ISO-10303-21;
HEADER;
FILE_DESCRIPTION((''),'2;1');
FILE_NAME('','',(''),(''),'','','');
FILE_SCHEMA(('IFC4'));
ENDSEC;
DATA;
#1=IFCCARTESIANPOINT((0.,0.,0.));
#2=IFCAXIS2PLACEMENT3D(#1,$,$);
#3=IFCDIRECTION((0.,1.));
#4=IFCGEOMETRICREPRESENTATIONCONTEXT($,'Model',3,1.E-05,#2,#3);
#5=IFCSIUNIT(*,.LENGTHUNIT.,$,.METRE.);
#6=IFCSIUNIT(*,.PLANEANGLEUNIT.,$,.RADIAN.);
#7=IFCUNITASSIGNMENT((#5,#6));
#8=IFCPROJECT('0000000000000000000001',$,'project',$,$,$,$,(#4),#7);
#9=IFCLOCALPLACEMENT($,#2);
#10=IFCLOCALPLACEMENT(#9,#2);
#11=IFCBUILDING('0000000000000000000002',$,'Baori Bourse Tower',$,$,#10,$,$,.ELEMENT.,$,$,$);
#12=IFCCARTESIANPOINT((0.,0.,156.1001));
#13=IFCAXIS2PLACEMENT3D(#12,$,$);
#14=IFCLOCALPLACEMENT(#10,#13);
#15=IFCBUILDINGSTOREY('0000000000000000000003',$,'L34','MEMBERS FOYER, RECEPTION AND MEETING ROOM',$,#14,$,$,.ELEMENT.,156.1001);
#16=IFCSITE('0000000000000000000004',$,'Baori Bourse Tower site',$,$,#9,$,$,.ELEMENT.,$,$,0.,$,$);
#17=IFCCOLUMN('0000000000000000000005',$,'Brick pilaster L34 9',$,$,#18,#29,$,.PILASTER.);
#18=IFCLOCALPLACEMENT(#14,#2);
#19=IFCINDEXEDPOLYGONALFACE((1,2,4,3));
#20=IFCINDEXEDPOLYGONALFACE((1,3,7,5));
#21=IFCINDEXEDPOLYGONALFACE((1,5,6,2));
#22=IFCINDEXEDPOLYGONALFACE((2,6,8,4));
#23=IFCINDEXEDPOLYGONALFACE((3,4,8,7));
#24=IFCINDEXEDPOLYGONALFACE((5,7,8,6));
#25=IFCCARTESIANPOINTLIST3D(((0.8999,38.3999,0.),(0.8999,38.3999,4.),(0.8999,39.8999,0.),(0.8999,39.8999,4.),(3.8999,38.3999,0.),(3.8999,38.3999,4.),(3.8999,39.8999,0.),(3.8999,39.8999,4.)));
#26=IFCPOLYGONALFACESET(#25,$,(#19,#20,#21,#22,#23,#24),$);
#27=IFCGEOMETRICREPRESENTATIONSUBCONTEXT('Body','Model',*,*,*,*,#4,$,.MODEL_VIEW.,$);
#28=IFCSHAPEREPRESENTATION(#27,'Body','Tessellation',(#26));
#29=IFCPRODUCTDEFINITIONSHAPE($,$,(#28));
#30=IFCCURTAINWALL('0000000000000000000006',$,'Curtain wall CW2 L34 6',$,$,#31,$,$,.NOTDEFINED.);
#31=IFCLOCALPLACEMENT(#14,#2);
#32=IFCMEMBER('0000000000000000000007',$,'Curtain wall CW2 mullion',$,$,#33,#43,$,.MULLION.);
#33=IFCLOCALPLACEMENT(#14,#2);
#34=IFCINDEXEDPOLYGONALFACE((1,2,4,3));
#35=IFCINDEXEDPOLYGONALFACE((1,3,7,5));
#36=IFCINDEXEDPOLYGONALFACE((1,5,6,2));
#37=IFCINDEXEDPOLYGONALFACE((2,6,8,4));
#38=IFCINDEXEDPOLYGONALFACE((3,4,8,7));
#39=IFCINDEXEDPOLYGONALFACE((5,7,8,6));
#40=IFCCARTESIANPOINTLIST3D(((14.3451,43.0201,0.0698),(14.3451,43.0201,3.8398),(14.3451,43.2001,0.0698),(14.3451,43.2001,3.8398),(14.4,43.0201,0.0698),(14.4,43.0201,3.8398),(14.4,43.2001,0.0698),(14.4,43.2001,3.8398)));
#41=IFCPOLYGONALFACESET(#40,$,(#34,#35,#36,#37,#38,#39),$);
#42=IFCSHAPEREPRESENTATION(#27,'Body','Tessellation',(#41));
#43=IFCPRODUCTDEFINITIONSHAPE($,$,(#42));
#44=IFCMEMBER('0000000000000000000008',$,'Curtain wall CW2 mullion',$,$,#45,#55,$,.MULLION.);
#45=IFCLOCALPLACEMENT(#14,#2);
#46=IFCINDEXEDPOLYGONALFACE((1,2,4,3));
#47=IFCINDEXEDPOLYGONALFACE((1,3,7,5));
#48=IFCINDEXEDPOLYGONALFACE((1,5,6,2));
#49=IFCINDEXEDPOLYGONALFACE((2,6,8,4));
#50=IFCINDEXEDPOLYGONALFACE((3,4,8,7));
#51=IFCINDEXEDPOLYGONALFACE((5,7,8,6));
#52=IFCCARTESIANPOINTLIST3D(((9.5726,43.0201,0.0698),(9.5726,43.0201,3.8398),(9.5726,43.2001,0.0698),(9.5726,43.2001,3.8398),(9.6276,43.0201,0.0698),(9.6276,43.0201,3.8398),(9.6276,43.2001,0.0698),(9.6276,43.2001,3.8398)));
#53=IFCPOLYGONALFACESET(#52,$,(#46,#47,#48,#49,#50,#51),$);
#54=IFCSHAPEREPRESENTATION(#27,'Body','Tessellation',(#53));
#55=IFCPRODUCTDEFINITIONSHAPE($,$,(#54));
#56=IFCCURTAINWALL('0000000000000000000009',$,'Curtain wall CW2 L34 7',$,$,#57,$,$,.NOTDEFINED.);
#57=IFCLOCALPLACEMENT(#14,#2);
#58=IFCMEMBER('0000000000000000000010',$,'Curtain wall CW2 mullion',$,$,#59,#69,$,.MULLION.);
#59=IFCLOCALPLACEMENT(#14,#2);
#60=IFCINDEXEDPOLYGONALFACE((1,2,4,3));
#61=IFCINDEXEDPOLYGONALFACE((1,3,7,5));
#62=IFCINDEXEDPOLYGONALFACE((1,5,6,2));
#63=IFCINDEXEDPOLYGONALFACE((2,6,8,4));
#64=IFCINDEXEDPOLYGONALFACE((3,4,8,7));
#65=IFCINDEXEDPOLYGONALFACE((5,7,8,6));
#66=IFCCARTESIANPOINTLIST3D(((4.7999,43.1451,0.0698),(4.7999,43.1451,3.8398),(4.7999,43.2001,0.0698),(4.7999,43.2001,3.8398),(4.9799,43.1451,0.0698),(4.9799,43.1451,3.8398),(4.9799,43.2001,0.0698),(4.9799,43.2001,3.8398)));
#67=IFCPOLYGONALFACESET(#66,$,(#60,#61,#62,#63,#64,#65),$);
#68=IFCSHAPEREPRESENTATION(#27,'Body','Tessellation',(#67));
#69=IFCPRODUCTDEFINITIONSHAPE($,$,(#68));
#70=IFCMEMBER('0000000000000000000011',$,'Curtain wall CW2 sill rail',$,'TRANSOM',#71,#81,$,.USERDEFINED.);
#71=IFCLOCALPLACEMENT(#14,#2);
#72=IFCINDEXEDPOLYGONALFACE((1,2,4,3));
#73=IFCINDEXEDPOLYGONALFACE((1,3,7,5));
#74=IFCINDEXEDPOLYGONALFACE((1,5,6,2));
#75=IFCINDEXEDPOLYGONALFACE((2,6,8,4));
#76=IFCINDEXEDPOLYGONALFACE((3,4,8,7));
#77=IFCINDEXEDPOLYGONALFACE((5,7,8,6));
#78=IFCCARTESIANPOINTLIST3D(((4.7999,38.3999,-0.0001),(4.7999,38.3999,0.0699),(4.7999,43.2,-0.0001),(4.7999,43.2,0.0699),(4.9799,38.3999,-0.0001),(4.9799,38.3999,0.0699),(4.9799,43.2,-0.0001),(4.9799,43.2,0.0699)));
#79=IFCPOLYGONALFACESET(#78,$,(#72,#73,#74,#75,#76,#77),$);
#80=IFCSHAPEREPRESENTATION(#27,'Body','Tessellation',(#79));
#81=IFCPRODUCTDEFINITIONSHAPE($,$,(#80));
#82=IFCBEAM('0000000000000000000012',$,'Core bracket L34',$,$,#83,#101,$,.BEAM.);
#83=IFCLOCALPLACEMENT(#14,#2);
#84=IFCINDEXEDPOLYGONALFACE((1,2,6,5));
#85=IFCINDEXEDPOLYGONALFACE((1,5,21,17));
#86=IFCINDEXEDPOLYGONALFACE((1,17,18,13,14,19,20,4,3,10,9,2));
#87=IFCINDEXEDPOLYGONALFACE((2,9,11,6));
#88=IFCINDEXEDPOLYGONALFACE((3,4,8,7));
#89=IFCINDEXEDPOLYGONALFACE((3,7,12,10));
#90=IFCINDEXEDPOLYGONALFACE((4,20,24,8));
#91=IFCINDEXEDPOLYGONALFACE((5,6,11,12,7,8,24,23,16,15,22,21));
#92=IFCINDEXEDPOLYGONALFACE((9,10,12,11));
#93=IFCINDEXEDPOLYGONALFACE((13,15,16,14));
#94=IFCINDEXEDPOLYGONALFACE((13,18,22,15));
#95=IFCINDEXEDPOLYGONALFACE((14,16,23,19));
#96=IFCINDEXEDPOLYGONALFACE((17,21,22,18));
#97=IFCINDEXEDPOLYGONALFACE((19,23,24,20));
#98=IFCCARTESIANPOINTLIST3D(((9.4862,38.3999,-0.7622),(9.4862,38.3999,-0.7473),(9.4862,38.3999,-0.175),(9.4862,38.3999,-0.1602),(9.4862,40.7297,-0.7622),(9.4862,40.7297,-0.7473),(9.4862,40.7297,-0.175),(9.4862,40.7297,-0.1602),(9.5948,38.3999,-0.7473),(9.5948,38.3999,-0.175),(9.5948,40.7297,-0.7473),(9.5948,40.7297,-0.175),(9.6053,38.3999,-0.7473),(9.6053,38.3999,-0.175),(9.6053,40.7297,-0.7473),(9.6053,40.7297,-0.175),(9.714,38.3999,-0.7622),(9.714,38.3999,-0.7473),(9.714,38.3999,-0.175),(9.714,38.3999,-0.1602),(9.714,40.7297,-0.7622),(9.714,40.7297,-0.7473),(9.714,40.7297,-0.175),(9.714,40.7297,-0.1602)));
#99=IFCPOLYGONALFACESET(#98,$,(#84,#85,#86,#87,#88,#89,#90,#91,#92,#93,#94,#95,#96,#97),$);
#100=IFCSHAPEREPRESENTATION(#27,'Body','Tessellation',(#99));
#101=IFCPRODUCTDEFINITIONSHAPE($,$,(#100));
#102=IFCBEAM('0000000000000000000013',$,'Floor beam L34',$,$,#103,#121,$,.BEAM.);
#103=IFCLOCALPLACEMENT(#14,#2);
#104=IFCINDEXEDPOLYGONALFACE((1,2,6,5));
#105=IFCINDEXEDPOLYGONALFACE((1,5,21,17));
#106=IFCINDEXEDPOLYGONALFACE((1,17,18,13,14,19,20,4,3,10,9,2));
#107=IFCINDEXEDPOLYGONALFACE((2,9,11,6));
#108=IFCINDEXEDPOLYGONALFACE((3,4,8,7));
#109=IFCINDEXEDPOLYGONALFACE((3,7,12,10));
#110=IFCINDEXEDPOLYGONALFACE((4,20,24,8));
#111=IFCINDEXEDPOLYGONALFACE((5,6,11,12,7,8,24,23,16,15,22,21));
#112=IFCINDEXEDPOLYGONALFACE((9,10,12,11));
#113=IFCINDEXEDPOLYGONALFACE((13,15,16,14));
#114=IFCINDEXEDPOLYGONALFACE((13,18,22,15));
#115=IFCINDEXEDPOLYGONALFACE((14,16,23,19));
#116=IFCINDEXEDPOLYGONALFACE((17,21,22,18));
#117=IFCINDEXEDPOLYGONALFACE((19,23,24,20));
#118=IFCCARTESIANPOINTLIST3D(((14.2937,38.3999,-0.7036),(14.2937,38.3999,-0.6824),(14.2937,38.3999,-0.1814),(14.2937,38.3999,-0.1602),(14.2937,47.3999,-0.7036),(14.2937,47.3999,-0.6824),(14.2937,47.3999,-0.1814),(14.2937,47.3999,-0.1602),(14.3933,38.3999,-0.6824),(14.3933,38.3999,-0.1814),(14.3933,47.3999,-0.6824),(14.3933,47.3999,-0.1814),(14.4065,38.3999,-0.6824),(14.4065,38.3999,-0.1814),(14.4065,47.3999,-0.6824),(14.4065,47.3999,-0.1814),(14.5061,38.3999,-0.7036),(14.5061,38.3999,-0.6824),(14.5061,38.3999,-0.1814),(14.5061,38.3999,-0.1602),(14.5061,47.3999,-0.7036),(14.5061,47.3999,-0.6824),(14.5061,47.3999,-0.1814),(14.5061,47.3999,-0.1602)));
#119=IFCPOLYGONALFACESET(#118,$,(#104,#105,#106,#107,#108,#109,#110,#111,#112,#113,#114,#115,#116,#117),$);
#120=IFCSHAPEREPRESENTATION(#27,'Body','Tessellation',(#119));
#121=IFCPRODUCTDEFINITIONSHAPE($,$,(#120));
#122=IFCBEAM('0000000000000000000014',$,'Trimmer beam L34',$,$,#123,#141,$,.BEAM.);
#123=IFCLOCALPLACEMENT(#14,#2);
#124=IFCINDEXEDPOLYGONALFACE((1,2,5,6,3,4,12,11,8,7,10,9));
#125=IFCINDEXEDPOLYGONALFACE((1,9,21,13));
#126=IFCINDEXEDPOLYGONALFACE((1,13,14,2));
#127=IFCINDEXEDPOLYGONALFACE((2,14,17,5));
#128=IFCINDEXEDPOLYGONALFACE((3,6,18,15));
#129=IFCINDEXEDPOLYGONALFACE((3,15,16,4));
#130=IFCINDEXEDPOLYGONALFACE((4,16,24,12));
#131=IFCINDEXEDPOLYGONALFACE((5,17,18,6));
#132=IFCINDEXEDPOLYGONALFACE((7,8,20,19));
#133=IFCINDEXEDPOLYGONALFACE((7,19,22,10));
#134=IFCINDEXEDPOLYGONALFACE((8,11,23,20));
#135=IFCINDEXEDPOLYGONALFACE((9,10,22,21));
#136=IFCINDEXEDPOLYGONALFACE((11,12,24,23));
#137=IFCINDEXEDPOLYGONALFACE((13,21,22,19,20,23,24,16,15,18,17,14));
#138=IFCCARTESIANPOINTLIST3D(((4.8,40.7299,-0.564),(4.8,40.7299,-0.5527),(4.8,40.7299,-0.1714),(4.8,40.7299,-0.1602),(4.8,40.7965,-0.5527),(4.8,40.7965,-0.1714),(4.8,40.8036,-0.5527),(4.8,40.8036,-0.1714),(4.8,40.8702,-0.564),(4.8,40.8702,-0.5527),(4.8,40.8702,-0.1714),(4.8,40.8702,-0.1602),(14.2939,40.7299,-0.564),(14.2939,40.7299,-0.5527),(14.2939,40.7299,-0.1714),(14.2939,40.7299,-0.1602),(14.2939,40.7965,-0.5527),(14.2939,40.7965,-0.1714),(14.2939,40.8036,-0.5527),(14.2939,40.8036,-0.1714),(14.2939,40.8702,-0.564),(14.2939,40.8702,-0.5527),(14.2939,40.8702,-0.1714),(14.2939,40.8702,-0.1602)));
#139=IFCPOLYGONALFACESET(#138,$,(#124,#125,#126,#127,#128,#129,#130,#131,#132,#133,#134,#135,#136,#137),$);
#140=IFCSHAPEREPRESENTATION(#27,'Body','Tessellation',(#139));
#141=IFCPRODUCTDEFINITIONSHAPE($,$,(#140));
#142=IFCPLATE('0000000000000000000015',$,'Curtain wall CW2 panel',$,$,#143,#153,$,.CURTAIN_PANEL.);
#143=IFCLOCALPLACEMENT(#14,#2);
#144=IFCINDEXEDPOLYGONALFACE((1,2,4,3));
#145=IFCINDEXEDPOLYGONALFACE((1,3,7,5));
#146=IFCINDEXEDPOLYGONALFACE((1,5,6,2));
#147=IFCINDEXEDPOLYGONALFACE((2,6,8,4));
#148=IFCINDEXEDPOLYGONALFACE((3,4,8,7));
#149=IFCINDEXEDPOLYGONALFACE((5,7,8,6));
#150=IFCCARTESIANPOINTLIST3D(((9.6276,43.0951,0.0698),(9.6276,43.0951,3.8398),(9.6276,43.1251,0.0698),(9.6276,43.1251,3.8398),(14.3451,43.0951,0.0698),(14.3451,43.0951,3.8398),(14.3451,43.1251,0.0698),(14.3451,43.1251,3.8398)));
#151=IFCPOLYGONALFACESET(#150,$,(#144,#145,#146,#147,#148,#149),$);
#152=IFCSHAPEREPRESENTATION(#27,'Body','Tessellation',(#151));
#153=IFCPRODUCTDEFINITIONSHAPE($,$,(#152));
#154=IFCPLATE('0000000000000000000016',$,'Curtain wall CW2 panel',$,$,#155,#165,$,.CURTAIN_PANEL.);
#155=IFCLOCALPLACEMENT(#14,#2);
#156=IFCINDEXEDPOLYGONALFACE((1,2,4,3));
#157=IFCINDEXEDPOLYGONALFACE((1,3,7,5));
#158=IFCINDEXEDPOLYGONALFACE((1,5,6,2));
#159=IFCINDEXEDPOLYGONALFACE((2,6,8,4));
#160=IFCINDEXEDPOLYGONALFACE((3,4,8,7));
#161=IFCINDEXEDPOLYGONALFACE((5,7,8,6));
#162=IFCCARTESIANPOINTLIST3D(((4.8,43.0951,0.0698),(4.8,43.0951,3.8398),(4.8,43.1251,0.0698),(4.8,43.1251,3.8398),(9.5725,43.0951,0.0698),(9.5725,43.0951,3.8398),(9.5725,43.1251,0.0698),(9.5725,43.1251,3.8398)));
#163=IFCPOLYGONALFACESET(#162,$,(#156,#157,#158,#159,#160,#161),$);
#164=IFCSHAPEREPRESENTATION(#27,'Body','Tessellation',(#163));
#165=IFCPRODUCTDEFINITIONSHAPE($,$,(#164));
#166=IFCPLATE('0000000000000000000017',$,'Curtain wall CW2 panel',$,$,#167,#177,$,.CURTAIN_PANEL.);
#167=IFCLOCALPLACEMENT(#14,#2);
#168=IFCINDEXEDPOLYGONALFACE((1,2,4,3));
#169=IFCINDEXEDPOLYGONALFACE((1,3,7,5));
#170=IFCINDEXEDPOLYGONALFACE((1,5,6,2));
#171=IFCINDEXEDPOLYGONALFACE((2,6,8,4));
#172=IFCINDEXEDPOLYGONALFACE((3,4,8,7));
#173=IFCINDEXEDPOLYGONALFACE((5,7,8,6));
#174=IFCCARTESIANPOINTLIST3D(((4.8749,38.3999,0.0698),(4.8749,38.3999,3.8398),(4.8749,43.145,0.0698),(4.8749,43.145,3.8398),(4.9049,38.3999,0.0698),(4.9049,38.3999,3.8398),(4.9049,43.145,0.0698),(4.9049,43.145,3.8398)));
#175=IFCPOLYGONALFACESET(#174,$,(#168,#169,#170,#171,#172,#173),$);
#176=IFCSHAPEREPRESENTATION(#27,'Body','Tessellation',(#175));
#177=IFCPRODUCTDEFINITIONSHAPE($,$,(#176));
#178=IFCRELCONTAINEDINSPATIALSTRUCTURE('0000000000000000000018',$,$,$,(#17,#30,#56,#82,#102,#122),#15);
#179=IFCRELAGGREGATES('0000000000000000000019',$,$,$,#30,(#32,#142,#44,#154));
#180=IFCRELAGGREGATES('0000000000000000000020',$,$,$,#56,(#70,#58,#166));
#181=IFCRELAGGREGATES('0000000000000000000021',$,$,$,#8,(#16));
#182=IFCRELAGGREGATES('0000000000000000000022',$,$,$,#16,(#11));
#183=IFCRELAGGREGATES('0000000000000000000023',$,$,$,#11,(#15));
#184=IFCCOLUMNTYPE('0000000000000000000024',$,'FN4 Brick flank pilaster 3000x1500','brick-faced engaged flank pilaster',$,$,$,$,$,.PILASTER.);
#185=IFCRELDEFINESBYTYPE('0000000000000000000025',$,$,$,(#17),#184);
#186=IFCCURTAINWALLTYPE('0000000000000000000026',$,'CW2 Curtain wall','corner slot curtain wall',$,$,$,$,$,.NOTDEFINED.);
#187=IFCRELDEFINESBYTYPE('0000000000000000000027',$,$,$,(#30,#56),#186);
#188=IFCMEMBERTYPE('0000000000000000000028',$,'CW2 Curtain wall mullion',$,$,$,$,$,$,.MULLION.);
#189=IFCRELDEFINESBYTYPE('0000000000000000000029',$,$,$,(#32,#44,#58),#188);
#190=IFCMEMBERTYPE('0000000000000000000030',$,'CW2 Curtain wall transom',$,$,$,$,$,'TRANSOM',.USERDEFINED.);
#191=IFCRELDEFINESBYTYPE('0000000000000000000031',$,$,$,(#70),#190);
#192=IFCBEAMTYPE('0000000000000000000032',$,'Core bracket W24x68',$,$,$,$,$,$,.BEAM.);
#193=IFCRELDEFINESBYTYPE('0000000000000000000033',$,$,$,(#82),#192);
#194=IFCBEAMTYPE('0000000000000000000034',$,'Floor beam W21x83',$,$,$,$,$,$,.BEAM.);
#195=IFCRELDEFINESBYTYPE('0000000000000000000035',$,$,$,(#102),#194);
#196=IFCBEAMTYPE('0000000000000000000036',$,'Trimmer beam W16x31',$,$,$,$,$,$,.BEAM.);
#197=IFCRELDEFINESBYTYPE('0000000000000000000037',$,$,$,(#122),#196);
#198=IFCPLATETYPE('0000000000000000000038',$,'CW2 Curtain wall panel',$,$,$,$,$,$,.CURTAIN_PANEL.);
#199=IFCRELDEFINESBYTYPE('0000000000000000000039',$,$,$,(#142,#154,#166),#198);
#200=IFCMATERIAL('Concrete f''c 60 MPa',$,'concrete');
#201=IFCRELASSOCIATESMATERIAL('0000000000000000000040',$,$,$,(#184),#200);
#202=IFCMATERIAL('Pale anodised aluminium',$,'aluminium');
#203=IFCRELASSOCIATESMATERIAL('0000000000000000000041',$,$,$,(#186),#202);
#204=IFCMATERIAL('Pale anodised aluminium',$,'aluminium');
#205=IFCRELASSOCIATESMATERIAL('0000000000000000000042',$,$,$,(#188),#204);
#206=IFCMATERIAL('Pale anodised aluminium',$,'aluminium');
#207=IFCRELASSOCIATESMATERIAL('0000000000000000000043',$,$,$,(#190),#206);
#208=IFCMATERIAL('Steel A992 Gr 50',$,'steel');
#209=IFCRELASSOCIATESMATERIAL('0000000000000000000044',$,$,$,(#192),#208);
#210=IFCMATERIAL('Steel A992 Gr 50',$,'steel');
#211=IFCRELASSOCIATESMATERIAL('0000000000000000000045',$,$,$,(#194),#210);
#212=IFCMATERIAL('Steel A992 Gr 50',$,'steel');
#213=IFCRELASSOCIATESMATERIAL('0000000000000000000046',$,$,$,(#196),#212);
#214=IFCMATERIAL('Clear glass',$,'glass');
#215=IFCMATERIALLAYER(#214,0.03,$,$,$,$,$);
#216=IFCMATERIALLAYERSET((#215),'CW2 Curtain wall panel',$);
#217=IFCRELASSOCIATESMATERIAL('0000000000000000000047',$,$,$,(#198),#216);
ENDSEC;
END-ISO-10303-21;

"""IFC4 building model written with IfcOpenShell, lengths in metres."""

from ifc_helpers import new_model, si_unit, direction, frame, origin, origin_2d, place, context, subcontext, project, spatial, rectangle, i_section, extrude, material, layer, layer_set, material_profile, profile_set, type_object, element, aggregate, save


model = new_model("IFC4")

# Units and contexts
model_context = context("Model", 3, precision=1e-05, world=origin(), true_north=direction((0.0, 1.0)))
body_context = subcontext(model_context, "Body", "Model", "MODEL_VIEW")
ifc_project = project(units=[si_unit("LENGTHUNIT", "METRE"), si_unit("PLANEANGLEUNIT", "RADIAN")], contexts=[model_context])

# Site, building, storey
site_placement = place(None, origin())
site = spatial("IfcSite", under=ifc_project, at=site_placement, Name="Baori Bourse Tower site", CompositionType="ELEMENT", RefElevation=0.0)
building_placement = place(site_placement, origin())
building = spatial("IfcBuilding", under=site, at=building_placement, Name="Baori Bourse Tower", CompositionType="ELEMENT")
storey_placement = place(building_placement, frame((0.0, 0.0, 156.1001)))
storey = spatial("IfcBuildingStorey", under=building, at=storey_placement, Name="L34", Description="MEMBERS FOYER, RECEPTION AND MEETING ROOM", CompositionType="ELEMENT", Elevation=156.1001)

# Column
ifc_material_1 = material(Name="Concrete f'c 60 MPa", Category="concrete")
ifc_material_profile_1 = material_profile(ifc_material_1, rectangle(XDim=3.0, YDim=1.5, at=origin_2d()), Name="RC 3000x1500")
ifc_profile_set_1 = profile_set([ifc_material_profile_1], Name="Concrete f'c 60 MPa")
column_type = type_object("IfcColumnType", Name="FN4 Brick flank pilaster 3000x1500", Description="brick-faced engaged flank pilaster", PredefinedType="PILASTER", material=ifc_profile_set_1)
column_placement = place(storey_placement, frame((2.3999, 39.1499, 0.0), z_axis=(0.0, 0.0, 1.0), x_axis=(1.0, 0.0, 0.0)))
element("IfcColumn", 1, at=column_placement, inside=storey, type_object=column_type, Name="Brick pilaster L34 9", PredefinedType="PILASTER", context=body_context, shape_type="SweptSolid", body=[
    extrude(rectangle(XDim=3.0, YDim=1.5, at=origin_2d()), origin(), (0.0, 0.0, 1.0), 4.0),
])

# Curtain walls, members
ifc_material_2 = material(Name="Pale anodised aluminium", Category="aluminium")
curtain_wall_type = type_object("IfcCurtainWallType", Name="CW2 Curtain wall", Description="corner slot curtain wall", PredefinedType="NOTDEFINED", material=ifc_material_2)
curtain_wall_1_placement = place(storey_placement, origin())
curtain_wall_1 = element("IfcCurtainWall", 2, at=curtain_wall_1_placement, inside=storey, type_object=curtain_wall_type, Name="Curtain wall CW2 L34 6", PredefinedType="NOTDEFINED")
ifc_material_3 = material(Name="Pale anodised aluminium", Category="aluminium")
ifc_material_profile_2 = material_profile(ifc_material_3, rectangle(XDim=0.1799, YDim=0.0549, at=origin_2d()), Name="Mullion 55x180")
ifc_profile_set_2 = profile_set([ifc_material_profile_2], Name="Pale anodised aluminium")
member_type_1 = type_object("IfcMemberType", Name="CW2 Curtain wall mullion", PredefinedType="MULLION", material=ifc_profile_set_2)
member_1_placement = place(storey_placement, frame((14.3726, 43.1101, 0.0698), z_axis=(0.0, 0.0, 1.0), x_axis=(0.0, -1.0, 0.0)))
member_1 = element("IfcMember", 3, at=member_1_placement, type_object=member_type_1, Name="Curtain wall CW2 mullion", PredefinedType="MULLION", context=body_context, shape_type="SweptSolid", body=[
    extrude(rectangle(XDim=0.1799, YDim=0.0549, at=origin_2d()), origin(), (0.0, 0.0, 1.0), 3.77),
])
member_2_placement = place(storey_placement, frame((9.6001, 43.1101, 0.0698), z_axis=(0.0, 0.0, 1.0), x_axis=(0.0, -1.0, 0.0)))
member_2 = element("IfcMember", 4, at=member_2_placement, type_object=member_type_1, Name="Curtain wall CW2 mullion", PredefinedType="MULLION", context=body_context, shape_type="SweptSolid", body=[
    extrude(rectangle(XDim=0.1799, YDim=0.0549, at=origin_2d()), origin(), (0.0, 0.0, 1.0), 3.77),
])
curtain_wall_2_placement = place(storey_placement, origin())
curtain_wall_2 = element("IfcCurtainWall", 5, at=curtain_wall_2_placement, inside=storey, type_object=curtain_wall_type, Name="Curtain wall CW2 L34 7", PredefinedType="NOTDEFINED")
member_3_placement = place(storey_placement, frame((4.8899, 43.1726, 0.0698), z_axis=(0.0, 0.0, 1.0), x_axis=(1.0, 0.0, 0.0)))
member_3 = element("IfcMember", 6, at=member_3_placement, type_object=member_type_1, Name="Curtain wall CW2 mullion", PredefinedType="MULLION", context=body_context, shape_type="SweptSolid", body=[
    extrude(rectangle(XDim=0.1799, YDim=0.0549, at=origin_2d()), origin(), (0.0, 0.0, 1.0), 3.77),
])
ifc_material_4 = material(Name="Pale anodised aluminium", Category="aluminium")
ifc_material_profile_3 = material_profile(ifc_material_4, rectangle(XDim=0.1799, YDim=0.0701, at=origin_2d()), Name="Transom 70x180")
ifc_profile_set_3 = profile_set([ifc_material_profile_3], Name="Pale anodised aluminium")
member_type_2 = type_object("IfcMemberType", Name="CW2 Curtain wall transom", ElementType="TRANSOM", PredefinedType="USERDEFINED", material=ifc_profile_set_3)
member_4_placement = place(storey_placement, frame((4.8899, 43.2, 0.0349), z_axis=(0.0, -1.0, 0.0), x_axis=(1.0, 0.0, 0.0)))
member_4 = element("IfcMember", 7, at=member_4_placement, type_object=member_type_2, Name="Curtain wall CW2 sill rail", ObjectType="TRANSOM", PredefinedType="USERDEFINED", context=body_context, shape_type="SweptSolid", body=[
    extrude(rectangle(XDim=0.1799, YDim=0.0701, at=origin_2d()), origin(), (0.0, 0.0, 1.0), 4.8),
])

# Beams
ifc_material_5 = material(Name="Steel A992 Gr 50", Category="steel")
ifc_material_profile_4 = material_profile(ifc_material_5, i_section(OverallWidth=0.2278, OverallDepth=0.6021, WebThickness=0.0105, FlangeThickness=0.0149, at=origin_2d()), Name="W24x68")
ifc_profile_set_4 = profile_set([ifc_material_profile_4], Name="Steel A992 Gr 50")
beam_type_1 = type_object("IfcBeamType", Name="Core bracket W24x68", PredefinedType="BEAM", material=ifc_profile_set_4)
beam_1_placement = place(storey_placement, frame((9.6001, 38.3999, -0.4612), z_axis=(0.0, 1.0, 0.0), x_axis=(-1.0, 0.0, 0.0)))
element("IfcBeam", 8, at=beam_1_placement, inside=storey, type_object=beam_type_1, Name="Core bracket L34", PredefinedType="BEAM", context=body_context, shape_type="SweptSolid", body=[
    extrude(i_section(OverallWidth=0.2278, OverallDepth=0.6021, WebThickness=0.0105, FlangeThickness=0.0149, at=origin_2d()), origin(), (0.0, 0.0, 1.0), 2.3298),
])
ifc_material_6 = material(Name="Steel A992 Gr 50", Category="steel")
ifc_material_profile_5 = material_profile(ifc_material_6, i_section(OverallWidth=0.2124, OverallDepth=0.5435, WebThickness=0.0132, FlangeThickness=0.0212, at=origin_2d()), Name="W21x83")
ifc_profile_set_5 = profile_set([ifc_material_profile_5], Name="Steel A992 Gr 50")
beam_type_2 = type_object("IfcBeamType", Name="Floor beam W21x83", PredefinedType="BEAM", material=ifc_profile_set_5)
beam_2_placement = place(storey_placement, frame((14.3999, 38.3999, -0.4319), z_axis=(0.0, 1.0, 0.0), x_axis=(-1.0, 0.0, 0.0)))
element("IfcBeam", 9, at=beam_2_placement, inside=storey, type_object=beam_type_2, Name="Floor beam L34", PredefinedType="BEAM", context=body_context, shape_type="SweptSolid", body=[
    extrude(i_section(OverallWidth=0.2124, OverallDepth=0.5435, WebThickness=0.0132, FlangeThickness=0.0212, at=origin_2d()), origin(), (0.0, 0.0, 1.0), 9.0),
])
ifc_material_7 = material(Name="Steel A992 Gr 50", Category="steel")
ifc_material_profile_6 = material_profile(ifc_material_7, i_section(OverallWidth=0.1404, OverallDepth=0.4038, WebThickness=0.0071, FlangeThickness=0.0112, at=origin_2d()), Name="W16x31")
ifc_profile_set_6 = profile_set([ifc_material_profile_6], Name="Steel A992 Gr 50")
beam_type_3 = type_object("IfcBeamType", Name="Trimmer beam W16x31", PredefinedType="BEAM", material=ifc_profile_set_6)
beam_3_placement = place(storey_placement, frame((4.8, 40.8, -0.3621), z_axis=(1.0, 0.0, 0.0), x_axis=(0.0, 1.0, 0.0)))
element("IfcBeam", 10, at=beam_3_placement, inside=storey, type_object=beam_type_3, Name="Trimmer beam L34", PredefinedType="BEAM", context=body_context, shape_type="SweptSolid", body=[
    extrude(i_section(OverallWidth=0.1404, OverallDepth=0.4038, WebThickness=0.0071, FlangeThickness=0.0112, at=origin_2d()), origin(), (0.0, 0.0, 1.0), 9.4939),
])

# Plates
ifc_material_8 = material(Name="Clear glass", Category="glass")
ifc_layer_1 = layer(ifc_material_8, 0.03)
ifc_layer_set_1 = layer_set([ifc_layer_1], Name="CW2 Curtain wall panel")
plate_type = type_object("IfcPlateType", Name="CW2 Curtain wall panel", PredefinedType="CURTAIN_PANEL", material=ifc_layer_set_1)
plate_1_placement = place(storey_placement, frame((11.9863, 43.1101, 0.0698), z_axis=(0.0, 0.0, 1.0), x_axis=(-1.0, 0.0, 0.0)))
plate_1 = element("IfcPlate", 11, at=plate_1_placement, type_object=plate_type, Name="Curtain wall CW2 panel", PredefinedType="CURTAIN_PANEL", context=body_context, shape_type="SweptSolid", body=[
    extrude(rectangle(XDim=4.7175, YDim=0.03, at=origin_2d()), origin(), (0.0, 0.0, 1.0), 3.77),
])
plate_2_placement = place(storey_placement, frame((7.1863, 43.1101, 0.0698), z_axis=(0.0, 0.0, 1.0), x_axis=(-1.0, 0.0, 0.0)))
plate_2 = element("IfcPlate", 12, at=plate_2_placement, type_object=plate_type, Name="Curtain wall CW2 panel", PredefinedType="CURTAIN_PANEL", context=body_context, shape_type="SweptSolid", body=[
    extrude(rectangle(XDim=4.7725, YDim=0.03, at=origin_2d()), origin(), (0.0, 0.0, 1.0), 3.77),
])
aggregate(curtain_wall_1, [member_1, plate_1, member_2, plate_2])
plate_3_placement = place(storey_placement, frame((4.8899, 40.7725, 0.0698), z_axis=(0.0, 0.0, 1.0), x_axis=(0.0, -1.0, 0.0)))
plate_3 = element("IfcPlate", 13, at=plate_3_placement, type_object=plate_type, Name="Curtain wall CW2 panel", PredefinedType="CURTAIN_PANEL", context=body_context, shape_type="SweptSolid", body=[
    extrude(rectangle(XDim=4.7451, YDim=0.03, at=origin_2d()), origin(), (0.0, 0.0, 1.0), 3.77),
])
aggregate(curtain_wall_2, [member_4, member_3, plate_3])

save(model, "model.ifc")
